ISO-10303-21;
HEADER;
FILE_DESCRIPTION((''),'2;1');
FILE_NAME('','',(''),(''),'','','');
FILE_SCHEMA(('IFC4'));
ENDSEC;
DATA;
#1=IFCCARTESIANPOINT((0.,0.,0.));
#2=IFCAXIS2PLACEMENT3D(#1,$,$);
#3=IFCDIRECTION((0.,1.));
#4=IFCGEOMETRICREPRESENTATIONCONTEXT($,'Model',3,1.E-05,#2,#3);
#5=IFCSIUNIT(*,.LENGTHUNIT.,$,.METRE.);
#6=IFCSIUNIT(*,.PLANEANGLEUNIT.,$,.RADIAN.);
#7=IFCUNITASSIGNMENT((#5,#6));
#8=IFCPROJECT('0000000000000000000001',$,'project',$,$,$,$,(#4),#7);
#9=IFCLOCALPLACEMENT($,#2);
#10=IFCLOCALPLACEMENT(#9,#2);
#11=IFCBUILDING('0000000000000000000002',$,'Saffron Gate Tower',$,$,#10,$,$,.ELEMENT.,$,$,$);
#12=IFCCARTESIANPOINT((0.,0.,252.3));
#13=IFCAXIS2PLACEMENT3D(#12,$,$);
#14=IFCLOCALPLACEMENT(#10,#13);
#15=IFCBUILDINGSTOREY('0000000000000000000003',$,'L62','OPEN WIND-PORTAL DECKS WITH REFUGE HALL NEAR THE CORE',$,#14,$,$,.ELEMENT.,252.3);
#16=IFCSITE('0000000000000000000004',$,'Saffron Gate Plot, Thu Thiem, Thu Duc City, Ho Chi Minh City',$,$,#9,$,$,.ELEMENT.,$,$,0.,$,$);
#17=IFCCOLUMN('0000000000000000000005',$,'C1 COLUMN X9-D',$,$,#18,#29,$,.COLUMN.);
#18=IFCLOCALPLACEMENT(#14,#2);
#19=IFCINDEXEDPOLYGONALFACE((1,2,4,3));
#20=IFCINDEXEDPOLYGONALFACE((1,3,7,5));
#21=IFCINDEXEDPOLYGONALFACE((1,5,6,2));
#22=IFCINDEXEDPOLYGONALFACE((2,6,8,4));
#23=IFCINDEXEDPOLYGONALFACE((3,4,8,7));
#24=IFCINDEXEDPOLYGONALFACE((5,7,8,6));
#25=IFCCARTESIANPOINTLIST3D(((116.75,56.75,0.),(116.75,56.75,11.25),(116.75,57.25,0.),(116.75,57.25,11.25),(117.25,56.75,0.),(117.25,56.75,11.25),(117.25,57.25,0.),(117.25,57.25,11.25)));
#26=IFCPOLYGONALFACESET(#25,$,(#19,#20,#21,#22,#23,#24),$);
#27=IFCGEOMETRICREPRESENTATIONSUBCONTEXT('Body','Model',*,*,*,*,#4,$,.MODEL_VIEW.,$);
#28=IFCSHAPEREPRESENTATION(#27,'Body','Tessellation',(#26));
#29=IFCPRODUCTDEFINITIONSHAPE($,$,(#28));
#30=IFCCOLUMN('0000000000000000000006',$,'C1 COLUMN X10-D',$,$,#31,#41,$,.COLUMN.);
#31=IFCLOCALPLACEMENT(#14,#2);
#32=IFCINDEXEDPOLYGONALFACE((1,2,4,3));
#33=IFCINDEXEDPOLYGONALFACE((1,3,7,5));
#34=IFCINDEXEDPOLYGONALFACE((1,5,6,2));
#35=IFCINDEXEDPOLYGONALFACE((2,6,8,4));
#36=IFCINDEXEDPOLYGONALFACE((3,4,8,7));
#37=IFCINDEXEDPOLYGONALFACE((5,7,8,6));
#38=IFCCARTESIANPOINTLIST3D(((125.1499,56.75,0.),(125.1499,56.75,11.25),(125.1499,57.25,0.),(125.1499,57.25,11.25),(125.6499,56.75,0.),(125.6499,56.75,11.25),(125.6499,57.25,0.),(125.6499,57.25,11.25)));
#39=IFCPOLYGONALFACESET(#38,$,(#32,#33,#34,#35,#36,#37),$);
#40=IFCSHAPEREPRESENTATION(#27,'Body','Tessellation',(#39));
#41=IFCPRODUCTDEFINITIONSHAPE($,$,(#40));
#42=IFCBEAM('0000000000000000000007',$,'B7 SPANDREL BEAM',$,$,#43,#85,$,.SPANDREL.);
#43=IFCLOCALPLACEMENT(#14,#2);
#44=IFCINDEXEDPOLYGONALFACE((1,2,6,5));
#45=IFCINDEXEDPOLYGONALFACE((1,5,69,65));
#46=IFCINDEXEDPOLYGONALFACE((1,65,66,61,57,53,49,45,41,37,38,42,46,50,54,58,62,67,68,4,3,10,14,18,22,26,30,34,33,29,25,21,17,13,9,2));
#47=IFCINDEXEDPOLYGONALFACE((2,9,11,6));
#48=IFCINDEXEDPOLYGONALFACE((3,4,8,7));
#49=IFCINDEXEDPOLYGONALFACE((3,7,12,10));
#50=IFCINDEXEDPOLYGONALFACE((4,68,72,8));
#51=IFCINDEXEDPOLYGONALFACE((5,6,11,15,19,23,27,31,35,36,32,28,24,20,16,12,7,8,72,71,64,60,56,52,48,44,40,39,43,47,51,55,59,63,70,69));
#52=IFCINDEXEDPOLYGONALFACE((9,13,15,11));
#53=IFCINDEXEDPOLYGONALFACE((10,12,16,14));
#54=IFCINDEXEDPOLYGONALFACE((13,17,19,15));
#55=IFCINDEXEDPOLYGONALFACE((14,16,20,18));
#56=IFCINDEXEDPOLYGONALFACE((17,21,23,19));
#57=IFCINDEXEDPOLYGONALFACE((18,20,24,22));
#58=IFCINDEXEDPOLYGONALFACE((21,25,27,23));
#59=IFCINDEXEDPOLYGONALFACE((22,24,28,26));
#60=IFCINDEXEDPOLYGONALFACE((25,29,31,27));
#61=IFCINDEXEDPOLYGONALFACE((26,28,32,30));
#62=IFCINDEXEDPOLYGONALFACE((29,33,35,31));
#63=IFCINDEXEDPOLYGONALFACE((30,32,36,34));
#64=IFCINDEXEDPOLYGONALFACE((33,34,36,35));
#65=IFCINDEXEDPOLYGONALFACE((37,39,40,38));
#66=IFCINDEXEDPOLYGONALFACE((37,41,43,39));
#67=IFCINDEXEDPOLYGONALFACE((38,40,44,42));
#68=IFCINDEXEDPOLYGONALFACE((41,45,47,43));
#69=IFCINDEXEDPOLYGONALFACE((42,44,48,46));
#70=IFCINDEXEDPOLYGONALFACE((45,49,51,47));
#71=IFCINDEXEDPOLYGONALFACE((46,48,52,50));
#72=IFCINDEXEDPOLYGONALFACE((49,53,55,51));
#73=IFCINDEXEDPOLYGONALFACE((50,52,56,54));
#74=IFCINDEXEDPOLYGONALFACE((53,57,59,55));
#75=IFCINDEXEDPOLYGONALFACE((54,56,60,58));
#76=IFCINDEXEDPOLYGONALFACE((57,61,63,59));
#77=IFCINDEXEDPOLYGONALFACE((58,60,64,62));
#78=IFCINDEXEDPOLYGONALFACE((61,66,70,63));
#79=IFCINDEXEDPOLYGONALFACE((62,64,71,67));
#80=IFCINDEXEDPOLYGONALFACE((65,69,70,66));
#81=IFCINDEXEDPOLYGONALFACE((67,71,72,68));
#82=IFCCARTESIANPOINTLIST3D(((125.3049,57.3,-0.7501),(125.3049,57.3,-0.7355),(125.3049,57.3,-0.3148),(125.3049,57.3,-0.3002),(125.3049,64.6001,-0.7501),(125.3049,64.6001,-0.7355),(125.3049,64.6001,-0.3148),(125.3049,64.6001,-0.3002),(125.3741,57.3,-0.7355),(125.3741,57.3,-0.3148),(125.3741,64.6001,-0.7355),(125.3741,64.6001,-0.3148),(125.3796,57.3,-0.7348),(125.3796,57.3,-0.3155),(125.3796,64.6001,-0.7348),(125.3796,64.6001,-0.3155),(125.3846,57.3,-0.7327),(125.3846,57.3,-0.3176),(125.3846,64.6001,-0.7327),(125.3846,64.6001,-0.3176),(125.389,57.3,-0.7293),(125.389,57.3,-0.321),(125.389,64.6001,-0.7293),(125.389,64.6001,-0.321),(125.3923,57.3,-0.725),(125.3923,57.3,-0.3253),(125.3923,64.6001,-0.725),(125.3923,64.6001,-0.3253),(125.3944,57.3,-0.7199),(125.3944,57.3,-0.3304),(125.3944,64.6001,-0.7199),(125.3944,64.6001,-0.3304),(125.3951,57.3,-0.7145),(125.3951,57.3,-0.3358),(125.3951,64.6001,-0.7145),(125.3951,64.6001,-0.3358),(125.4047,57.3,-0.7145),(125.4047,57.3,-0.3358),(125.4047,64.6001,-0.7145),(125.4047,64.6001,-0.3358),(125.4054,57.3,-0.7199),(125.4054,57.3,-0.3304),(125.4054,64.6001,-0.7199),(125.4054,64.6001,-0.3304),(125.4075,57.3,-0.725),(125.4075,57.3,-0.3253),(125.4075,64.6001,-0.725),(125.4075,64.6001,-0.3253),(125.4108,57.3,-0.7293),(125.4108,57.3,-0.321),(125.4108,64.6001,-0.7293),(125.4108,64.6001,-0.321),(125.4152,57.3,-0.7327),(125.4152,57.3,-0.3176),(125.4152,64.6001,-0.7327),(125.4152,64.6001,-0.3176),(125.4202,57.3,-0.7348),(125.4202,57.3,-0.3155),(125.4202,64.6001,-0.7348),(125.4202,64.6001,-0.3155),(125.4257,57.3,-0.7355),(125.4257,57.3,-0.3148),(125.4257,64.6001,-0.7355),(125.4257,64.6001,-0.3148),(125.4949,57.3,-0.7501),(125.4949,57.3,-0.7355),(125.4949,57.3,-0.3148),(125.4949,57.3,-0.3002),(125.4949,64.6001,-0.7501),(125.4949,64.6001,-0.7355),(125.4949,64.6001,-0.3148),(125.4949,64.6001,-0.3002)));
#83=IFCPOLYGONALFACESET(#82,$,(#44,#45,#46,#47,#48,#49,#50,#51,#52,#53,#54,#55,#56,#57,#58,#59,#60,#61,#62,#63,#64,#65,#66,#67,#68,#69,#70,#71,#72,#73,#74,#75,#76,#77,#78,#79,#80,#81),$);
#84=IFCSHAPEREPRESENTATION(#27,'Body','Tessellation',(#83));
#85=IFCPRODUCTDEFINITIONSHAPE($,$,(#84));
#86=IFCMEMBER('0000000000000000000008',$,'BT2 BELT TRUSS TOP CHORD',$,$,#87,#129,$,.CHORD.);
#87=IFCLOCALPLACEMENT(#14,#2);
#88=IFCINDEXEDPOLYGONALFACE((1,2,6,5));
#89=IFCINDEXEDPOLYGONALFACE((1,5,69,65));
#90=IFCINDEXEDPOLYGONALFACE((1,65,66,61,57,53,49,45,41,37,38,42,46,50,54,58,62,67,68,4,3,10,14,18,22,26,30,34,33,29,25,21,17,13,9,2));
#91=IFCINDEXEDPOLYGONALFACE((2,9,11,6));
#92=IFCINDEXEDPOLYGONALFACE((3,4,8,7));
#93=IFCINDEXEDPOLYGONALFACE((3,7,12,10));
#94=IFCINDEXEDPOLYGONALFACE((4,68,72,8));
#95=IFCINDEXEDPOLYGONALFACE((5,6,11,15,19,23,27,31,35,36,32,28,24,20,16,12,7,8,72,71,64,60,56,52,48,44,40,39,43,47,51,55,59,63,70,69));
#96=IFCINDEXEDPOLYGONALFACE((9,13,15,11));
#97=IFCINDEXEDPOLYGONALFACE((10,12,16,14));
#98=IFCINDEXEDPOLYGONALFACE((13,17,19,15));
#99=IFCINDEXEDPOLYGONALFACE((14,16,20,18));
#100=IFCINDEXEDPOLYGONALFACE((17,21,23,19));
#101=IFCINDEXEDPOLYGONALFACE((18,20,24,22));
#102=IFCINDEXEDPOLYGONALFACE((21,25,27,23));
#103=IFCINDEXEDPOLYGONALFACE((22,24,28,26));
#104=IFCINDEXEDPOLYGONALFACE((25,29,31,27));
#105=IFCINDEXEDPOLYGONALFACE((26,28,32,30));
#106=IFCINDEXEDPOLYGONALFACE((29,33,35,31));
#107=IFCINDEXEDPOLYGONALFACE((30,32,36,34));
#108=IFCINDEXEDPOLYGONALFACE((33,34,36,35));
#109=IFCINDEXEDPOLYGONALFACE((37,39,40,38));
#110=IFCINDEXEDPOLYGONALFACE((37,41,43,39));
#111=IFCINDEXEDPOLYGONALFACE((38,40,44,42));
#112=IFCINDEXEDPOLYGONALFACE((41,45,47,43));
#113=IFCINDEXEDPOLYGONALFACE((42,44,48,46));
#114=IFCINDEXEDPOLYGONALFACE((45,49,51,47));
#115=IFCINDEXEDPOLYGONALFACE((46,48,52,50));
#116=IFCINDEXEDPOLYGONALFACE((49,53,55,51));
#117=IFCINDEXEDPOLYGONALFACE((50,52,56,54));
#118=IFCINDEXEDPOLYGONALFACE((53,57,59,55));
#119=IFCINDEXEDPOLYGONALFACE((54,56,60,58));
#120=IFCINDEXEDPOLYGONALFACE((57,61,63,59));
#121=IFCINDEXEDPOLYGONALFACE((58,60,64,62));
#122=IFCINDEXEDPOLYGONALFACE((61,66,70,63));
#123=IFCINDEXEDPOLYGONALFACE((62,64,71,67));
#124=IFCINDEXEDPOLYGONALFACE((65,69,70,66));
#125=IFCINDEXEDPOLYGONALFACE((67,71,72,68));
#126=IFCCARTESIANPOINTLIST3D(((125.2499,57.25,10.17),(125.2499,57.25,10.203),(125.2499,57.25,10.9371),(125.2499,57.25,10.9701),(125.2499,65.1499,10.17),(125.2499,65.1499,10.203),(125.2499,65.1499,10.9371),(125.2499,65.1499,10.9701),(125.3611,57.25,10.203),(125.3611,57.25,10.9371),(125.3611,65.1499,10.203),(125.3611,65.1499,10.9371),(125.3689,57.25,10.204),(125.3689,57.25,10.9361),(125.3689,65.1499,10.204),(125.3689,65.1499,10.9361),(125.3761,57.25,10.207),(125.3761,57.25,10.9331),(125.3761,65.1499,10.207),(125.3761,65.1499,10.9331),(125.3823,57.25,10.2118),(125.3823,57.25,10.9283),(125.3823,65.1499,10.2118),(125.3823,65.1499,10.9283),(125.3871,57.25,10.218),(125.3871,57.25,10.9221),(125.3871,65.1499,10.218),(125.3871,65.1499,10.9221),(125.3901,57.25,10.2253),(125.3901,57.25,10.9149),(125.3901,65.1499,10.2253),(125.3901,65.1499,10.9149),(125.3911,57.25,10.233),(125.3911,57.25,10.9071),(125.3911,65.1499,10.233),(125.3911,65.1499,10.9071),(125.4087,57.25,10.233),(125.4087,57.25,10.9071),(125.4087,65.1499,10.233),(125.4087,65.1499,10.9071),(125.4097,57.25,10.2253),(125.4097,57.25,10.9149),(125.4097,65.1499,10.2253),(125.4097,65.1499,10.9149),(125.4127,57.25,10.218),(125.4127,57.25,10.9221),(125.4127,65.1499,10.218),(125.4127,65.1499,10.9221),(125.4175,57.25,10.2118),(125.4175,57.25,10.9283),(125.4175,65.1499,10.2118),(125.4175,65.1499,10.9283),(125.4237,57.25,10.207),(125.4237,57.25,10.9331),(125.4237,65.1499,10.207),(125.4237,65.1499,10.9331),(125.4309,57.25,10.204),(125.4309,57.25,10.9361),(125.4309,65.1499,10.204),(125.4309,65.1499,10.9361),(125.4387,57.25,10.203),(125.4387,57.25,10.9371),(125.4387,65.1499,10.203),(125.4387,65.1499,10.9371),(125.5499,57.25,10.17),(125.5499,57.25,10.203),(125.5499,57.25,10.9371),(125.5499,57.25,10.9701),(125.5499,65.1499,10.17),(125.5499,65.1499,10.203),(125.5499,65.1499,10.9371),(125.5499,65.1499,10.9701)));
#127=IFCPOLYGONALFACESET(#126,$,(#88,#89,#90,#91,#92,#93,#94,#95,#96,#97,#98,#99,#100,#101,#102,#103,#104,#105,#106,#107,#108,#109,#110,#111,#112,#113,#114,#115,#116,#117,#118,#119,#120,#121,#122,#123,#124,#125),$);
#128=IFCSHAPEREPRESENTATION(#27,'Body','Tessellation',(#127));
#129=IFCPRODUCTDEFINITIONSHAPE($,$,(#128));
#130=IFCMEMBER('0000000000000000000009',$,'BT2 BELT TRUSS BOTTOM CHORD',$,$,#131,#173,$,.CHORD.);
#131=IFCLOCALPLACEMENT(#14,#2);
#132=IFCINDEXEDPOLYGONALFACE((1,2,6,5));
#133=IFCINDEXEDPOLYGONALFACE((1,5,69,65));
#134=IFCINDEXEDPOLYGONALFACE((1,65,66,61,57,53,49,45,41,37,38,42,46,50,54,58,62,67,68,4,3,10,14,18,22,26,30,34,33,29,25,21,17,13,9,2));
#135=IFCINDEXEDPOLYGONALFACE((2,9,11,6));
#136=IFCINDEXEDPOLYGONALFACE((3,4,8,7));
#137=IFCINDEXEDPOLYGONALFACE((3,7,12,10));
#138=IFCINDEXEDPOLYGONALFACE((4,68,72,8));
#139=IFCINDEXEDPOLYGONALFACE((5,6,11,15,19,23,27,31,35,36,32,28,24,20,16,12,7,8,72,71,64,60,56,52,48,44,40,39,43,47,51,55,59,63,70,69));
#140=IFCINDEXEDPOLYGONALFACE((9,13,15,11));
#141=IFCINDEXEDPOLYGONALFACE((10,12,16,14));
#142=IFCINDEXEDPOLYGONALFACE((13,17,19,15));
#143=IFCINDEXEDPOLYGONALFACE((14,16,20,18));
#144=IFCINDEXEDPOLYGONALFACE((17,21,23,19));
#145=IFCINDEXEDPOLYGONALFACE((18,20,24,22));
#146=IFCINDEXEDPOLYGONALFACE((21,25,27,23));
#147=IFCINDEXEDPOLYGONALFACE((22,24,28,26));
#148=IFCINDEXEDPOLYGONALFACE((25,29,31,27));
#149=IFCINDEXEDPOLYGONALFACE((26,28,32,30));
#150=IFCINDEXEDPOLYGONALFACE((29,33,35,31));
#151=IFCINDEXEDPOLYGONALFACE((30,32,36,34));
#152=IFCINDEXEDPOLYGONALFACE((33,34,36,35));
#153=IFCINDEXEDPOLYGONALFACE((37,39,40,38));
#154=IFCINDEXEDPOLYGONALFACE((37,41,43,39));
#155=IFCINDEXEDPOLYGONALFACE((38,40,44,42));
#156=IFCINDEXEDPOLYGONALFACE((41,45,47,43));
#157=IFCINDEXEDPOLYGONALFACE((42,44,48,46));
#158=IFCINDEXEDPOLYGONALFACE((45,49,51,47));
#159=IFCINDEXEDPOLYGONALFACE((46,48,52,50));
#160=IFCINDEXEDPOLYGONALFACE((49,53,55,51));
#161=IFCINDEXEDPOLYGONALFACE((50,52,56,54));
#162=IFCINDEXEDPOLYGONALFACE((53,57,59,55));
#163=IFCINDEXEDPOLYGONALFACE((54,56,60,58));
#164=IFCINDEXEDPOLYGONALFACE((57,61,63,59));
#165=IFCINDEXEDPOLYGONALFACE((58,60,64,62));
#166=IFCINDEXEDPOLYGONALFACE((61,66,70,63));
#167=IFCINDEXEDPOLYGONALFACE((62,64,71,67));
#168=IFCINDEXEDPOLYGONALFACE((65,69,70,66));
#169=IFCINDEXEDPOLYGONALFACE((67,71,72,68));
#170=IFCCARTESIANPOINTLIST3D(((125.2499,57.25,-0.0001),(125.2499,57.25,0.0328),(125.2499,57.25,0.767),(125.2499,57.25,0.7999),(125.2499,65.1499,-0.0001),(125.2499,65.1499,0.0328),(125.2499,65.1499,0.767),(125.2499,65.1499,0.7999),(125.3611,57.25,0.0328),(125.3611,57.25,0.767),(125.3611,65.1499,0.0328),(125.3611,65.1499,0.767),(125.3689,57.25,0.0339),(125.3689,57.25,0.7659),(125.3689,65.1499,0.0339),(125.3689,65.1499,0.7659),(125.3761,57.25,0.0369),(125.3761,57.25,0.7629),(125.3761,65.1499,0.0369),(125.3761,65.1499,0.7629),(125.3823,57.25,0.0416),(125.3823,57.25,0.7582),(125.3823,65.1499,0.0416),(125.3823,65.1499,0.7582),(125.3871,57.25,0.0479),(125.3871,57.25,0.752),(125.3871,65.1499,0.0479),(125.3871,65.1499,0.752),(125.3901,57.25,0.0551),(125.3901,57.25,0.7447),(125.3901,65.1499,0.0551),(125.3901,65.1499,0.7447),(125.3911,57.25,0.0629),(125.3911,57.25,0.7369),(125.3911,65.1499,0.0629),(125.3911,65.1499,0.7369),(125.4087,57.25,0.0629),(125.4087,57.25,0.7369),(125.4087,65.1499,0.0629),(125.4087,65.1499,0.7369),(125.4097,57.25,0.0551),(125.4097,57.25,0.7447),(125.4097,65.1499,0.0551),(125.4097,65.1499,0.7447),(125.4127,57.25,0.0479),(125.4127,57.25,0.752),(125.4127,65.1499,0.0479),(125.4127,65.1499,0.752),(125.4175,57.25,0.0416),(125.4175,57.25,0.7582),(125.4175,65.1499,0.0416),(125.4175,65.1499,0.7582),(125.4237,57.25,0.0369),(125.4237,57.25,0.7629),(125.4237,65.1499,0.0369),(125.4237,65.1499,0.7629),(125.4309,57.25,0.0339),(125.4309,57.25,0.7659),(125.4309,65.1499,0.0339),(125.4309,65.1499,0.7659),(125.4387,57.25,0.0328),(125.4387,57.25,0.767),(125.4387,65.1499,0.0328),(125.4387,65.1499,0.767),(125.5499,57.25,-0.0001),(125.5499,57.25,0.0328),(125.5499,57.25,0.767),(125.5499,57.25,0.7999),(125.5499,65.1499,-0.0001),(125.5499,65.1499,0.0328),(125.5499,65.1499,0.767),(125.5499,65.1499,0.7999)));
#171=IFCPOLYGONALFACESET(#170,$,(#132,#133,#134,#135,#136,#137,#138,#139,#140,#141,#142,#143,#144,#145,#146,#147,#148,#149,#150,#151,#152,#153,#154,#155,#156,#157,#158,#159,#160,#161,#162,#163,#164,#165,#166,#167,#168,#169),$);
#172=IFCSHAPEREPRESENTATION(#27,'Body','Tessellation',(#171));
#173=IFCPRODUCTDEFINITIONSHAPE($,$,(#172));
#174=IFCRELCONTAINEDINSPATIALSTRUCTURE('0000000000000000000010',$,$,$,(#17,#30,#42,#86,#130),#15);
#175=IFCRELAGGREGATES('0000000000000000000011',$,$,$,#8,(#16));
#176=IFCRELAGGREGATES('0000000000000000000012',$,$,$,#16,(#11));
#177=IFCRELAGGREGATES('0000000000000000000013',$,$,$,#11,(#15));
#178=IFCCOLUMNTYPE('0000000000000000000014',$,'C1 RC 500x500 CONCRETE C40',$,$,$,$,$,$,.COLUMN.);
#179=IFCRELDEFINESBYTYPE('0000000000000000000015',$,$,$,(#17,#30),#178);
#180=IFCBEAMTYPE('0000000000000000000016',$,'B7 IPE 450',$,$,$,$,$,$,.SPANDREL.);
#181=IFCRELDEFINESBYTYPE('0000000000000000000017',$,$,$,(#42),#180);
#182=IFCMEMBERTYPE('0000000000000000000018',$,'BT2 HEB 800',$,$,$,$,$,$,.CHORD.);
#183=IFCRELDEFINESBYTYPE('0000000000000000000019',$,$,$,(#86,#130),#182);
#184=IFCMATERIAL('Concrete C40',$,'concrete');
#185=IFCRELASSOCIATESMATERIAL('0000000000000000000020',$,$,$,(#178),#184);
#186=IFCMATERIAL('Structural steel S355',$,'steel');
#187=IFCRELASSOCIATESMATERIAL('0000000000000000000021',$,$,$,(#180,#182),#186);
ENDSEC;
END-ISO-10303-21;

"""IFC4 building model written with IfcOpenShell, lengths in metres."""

from ifc_helpers import new_model, si_unit, direction, frame, origin, origin_2d, place, context, subcontext, project, spatial, rectangle, i_section, extrude, material, material_profile, profile_set, type_object, element, save


model = new_model("IFC4")

# Units and contexts
model_context = context("Model", 3, precision=1e-05, world=origin(), true_north=direction((0.0, 1.0)))
body_context = subcontext(model_context, "Body", "Model", "MODEL_VIEW")
ifc_project = project(units=[si_unit("LENGTHUNIT", "METRE"), si_unit("PLANEANGLEUNIT", "RADIAN")], contexts=[model_context])

# Site, building, storey
site_placement = place(None, origin())
site = spatial("IfcSite", under=ifc_project, at=site_placement, Name="Saffron Gate Plot, Thu Thiem, Thu Duc City, Ho Chi Minh City", CompositionType="ELEMENT", RefElevation=0.0)
building_placement = place(site_placement, origin())
building = spatial("IfcBuilding", under=site, at=building_placement, Name="Saffron Gate Tower", CompositionType="ELEMENT")
storey_placement = place(building_placement, frame((0.0, 0.0, 252.3)))
storey = spatial("IfcBuildingStorey", under=building, at=storey_placement, Name="L62", Description="OPEN WIND-PORTAL DECKS WITH REFUGE HALL NEAR THE CORE", CompositionType="ELEMENT", Elevation=252.3)

# Columns
ifc_material_1 = material(Name="Concrete C40", Category="concrete")
ifc_material_profile_1 = material_profile(ifc_material_1, rectangle(XDim=0.5, YDim=0.5, at=origin_2d()))
ifc_profile_set_1 = profile_set([ifc_material_profile_1], Name="Concrete C40")
column_type = type_object("IfcColumnType", Name="C1 RC 500x500 CONCRETE C40", PredefinedType="COLUMN", material=ifc_profile_set_1)
for number, where, z_axis, x_axis, name in (
    (1, (117.0, 57.0, 0.0), (0.0, 0.0, 1.0), (1.0, 0.0, 0.0), "C1 COLUMN X9-D"),
    (2, (125.3999, 57.0, 0.0), (0.0, 0.0, 1.0), (1.0, 0.0, 0.0), "C1 COLUMN X10-D"),
):
    element("IfcColumn", number, at=place(storey_placement, frame(where, z_axis=z_axis, x_axis=x_axis)), inside=storey, type_object=column_type, Name=name, PredefinedType="COLUMN", context=body_context, shape_type="SweptSolid", body=[
        extrude(rectangle(XDim=0.5, YDim=0.5, at=origin_2d()), origin(), (0.0, 0.0, 1.0), 11.25),
    ])

# Beam
ifc_material_2 = material(Name="Structural steel S355", Category="steel")
ifc_material_profile_2 = material_profile(ifc_material_2, i_section(OverallWidth=0.1899, OverallDepth=0.45, WebThickness=0.0095, FlangeThickness=0.0146, FilletRadius=0.021, at=origin_2d()))
ifc_profile_set_2 = profile_set([ifc_material_profile_2], Name="Structural steel S355")
beam_type = type_object("IfcBeamType", Name="B7 IPE 450", PredefinedType="SPANDREL", material=ifc_profile_set_2)
beam_placement = place(storey_placement, frame((125.3999, 57.3, -0.5251), z_axis=(0.0, 1.0, 0.0), x_axis=(-1.0, 0.0, 0.0)))
element("IfcBeam", 3, at=beam_placement, inside=storey, type_object=beam_type, Name="B7 SPANDREL BEAM", PredefinedType="SPANDREL", context=body_context, shape_type="SweptSolid", body=[
    extrude(i_section(OverallWidth=0.1899, OverallDepth=0.45, WebThickness=0.0095, FlangeThickness=0.0146, FilletRadius=0.021, at=origin_2d()), origin(), (0.0, 0.0, 1.0), 7.3),
])

# Members
ifc_material_profile_3 = material_profile(ifc_material_2, i_section(OverallWidth=0.3, OverallDepth=0.8, WebThickness=0.0176, FlangeThickness=0.033, FilletRadius=0.03, at=origin_2d()))
ifc_profile_set_3 = profile_set([ifc_material_profile_3], Name="Structural steel S355")
member_type_1 = type_object("IfcMemberType", Name="BT2 HEB 800", PredefinedType="CHORD", material=ifc_profile_set_3)
for number, where, z_axis, x_axis, name in (
    (4, (125.3999, 57.25, 10.5701), (0.0, 1.0, 0.0), (-1.0, 0.0, 0.0), "BT2 BELT TRUSS TOP CHORD"),
    (5, (125.3999, 57.25, 0.3999), (0.0, 1.0, 0.0), (-1.0, 0.0, 0.0), "BT2 BELT TRUSS BOTTOM CHORD"),
):
    element("IfcMember", number, at=place(storey_placement, frame(where, z_axis=z_axis, x_axis=x_axis)), inside=storey, type_object=member_type_1, Name=name, PredefinedType="CHORD", context=body_context, shape_type="SweptSolid", body=[
        extrude(i_section(OverallWidth=0.3, OverallDepth=0.8, WebThickness=0.0176, FlangeThickness=0.033, FilletRadius=0.03, at=origin_2d()), origin(), (0.0, 0.0, 1.0), 7.8999),
    ])

save(model, "model.ifc")
